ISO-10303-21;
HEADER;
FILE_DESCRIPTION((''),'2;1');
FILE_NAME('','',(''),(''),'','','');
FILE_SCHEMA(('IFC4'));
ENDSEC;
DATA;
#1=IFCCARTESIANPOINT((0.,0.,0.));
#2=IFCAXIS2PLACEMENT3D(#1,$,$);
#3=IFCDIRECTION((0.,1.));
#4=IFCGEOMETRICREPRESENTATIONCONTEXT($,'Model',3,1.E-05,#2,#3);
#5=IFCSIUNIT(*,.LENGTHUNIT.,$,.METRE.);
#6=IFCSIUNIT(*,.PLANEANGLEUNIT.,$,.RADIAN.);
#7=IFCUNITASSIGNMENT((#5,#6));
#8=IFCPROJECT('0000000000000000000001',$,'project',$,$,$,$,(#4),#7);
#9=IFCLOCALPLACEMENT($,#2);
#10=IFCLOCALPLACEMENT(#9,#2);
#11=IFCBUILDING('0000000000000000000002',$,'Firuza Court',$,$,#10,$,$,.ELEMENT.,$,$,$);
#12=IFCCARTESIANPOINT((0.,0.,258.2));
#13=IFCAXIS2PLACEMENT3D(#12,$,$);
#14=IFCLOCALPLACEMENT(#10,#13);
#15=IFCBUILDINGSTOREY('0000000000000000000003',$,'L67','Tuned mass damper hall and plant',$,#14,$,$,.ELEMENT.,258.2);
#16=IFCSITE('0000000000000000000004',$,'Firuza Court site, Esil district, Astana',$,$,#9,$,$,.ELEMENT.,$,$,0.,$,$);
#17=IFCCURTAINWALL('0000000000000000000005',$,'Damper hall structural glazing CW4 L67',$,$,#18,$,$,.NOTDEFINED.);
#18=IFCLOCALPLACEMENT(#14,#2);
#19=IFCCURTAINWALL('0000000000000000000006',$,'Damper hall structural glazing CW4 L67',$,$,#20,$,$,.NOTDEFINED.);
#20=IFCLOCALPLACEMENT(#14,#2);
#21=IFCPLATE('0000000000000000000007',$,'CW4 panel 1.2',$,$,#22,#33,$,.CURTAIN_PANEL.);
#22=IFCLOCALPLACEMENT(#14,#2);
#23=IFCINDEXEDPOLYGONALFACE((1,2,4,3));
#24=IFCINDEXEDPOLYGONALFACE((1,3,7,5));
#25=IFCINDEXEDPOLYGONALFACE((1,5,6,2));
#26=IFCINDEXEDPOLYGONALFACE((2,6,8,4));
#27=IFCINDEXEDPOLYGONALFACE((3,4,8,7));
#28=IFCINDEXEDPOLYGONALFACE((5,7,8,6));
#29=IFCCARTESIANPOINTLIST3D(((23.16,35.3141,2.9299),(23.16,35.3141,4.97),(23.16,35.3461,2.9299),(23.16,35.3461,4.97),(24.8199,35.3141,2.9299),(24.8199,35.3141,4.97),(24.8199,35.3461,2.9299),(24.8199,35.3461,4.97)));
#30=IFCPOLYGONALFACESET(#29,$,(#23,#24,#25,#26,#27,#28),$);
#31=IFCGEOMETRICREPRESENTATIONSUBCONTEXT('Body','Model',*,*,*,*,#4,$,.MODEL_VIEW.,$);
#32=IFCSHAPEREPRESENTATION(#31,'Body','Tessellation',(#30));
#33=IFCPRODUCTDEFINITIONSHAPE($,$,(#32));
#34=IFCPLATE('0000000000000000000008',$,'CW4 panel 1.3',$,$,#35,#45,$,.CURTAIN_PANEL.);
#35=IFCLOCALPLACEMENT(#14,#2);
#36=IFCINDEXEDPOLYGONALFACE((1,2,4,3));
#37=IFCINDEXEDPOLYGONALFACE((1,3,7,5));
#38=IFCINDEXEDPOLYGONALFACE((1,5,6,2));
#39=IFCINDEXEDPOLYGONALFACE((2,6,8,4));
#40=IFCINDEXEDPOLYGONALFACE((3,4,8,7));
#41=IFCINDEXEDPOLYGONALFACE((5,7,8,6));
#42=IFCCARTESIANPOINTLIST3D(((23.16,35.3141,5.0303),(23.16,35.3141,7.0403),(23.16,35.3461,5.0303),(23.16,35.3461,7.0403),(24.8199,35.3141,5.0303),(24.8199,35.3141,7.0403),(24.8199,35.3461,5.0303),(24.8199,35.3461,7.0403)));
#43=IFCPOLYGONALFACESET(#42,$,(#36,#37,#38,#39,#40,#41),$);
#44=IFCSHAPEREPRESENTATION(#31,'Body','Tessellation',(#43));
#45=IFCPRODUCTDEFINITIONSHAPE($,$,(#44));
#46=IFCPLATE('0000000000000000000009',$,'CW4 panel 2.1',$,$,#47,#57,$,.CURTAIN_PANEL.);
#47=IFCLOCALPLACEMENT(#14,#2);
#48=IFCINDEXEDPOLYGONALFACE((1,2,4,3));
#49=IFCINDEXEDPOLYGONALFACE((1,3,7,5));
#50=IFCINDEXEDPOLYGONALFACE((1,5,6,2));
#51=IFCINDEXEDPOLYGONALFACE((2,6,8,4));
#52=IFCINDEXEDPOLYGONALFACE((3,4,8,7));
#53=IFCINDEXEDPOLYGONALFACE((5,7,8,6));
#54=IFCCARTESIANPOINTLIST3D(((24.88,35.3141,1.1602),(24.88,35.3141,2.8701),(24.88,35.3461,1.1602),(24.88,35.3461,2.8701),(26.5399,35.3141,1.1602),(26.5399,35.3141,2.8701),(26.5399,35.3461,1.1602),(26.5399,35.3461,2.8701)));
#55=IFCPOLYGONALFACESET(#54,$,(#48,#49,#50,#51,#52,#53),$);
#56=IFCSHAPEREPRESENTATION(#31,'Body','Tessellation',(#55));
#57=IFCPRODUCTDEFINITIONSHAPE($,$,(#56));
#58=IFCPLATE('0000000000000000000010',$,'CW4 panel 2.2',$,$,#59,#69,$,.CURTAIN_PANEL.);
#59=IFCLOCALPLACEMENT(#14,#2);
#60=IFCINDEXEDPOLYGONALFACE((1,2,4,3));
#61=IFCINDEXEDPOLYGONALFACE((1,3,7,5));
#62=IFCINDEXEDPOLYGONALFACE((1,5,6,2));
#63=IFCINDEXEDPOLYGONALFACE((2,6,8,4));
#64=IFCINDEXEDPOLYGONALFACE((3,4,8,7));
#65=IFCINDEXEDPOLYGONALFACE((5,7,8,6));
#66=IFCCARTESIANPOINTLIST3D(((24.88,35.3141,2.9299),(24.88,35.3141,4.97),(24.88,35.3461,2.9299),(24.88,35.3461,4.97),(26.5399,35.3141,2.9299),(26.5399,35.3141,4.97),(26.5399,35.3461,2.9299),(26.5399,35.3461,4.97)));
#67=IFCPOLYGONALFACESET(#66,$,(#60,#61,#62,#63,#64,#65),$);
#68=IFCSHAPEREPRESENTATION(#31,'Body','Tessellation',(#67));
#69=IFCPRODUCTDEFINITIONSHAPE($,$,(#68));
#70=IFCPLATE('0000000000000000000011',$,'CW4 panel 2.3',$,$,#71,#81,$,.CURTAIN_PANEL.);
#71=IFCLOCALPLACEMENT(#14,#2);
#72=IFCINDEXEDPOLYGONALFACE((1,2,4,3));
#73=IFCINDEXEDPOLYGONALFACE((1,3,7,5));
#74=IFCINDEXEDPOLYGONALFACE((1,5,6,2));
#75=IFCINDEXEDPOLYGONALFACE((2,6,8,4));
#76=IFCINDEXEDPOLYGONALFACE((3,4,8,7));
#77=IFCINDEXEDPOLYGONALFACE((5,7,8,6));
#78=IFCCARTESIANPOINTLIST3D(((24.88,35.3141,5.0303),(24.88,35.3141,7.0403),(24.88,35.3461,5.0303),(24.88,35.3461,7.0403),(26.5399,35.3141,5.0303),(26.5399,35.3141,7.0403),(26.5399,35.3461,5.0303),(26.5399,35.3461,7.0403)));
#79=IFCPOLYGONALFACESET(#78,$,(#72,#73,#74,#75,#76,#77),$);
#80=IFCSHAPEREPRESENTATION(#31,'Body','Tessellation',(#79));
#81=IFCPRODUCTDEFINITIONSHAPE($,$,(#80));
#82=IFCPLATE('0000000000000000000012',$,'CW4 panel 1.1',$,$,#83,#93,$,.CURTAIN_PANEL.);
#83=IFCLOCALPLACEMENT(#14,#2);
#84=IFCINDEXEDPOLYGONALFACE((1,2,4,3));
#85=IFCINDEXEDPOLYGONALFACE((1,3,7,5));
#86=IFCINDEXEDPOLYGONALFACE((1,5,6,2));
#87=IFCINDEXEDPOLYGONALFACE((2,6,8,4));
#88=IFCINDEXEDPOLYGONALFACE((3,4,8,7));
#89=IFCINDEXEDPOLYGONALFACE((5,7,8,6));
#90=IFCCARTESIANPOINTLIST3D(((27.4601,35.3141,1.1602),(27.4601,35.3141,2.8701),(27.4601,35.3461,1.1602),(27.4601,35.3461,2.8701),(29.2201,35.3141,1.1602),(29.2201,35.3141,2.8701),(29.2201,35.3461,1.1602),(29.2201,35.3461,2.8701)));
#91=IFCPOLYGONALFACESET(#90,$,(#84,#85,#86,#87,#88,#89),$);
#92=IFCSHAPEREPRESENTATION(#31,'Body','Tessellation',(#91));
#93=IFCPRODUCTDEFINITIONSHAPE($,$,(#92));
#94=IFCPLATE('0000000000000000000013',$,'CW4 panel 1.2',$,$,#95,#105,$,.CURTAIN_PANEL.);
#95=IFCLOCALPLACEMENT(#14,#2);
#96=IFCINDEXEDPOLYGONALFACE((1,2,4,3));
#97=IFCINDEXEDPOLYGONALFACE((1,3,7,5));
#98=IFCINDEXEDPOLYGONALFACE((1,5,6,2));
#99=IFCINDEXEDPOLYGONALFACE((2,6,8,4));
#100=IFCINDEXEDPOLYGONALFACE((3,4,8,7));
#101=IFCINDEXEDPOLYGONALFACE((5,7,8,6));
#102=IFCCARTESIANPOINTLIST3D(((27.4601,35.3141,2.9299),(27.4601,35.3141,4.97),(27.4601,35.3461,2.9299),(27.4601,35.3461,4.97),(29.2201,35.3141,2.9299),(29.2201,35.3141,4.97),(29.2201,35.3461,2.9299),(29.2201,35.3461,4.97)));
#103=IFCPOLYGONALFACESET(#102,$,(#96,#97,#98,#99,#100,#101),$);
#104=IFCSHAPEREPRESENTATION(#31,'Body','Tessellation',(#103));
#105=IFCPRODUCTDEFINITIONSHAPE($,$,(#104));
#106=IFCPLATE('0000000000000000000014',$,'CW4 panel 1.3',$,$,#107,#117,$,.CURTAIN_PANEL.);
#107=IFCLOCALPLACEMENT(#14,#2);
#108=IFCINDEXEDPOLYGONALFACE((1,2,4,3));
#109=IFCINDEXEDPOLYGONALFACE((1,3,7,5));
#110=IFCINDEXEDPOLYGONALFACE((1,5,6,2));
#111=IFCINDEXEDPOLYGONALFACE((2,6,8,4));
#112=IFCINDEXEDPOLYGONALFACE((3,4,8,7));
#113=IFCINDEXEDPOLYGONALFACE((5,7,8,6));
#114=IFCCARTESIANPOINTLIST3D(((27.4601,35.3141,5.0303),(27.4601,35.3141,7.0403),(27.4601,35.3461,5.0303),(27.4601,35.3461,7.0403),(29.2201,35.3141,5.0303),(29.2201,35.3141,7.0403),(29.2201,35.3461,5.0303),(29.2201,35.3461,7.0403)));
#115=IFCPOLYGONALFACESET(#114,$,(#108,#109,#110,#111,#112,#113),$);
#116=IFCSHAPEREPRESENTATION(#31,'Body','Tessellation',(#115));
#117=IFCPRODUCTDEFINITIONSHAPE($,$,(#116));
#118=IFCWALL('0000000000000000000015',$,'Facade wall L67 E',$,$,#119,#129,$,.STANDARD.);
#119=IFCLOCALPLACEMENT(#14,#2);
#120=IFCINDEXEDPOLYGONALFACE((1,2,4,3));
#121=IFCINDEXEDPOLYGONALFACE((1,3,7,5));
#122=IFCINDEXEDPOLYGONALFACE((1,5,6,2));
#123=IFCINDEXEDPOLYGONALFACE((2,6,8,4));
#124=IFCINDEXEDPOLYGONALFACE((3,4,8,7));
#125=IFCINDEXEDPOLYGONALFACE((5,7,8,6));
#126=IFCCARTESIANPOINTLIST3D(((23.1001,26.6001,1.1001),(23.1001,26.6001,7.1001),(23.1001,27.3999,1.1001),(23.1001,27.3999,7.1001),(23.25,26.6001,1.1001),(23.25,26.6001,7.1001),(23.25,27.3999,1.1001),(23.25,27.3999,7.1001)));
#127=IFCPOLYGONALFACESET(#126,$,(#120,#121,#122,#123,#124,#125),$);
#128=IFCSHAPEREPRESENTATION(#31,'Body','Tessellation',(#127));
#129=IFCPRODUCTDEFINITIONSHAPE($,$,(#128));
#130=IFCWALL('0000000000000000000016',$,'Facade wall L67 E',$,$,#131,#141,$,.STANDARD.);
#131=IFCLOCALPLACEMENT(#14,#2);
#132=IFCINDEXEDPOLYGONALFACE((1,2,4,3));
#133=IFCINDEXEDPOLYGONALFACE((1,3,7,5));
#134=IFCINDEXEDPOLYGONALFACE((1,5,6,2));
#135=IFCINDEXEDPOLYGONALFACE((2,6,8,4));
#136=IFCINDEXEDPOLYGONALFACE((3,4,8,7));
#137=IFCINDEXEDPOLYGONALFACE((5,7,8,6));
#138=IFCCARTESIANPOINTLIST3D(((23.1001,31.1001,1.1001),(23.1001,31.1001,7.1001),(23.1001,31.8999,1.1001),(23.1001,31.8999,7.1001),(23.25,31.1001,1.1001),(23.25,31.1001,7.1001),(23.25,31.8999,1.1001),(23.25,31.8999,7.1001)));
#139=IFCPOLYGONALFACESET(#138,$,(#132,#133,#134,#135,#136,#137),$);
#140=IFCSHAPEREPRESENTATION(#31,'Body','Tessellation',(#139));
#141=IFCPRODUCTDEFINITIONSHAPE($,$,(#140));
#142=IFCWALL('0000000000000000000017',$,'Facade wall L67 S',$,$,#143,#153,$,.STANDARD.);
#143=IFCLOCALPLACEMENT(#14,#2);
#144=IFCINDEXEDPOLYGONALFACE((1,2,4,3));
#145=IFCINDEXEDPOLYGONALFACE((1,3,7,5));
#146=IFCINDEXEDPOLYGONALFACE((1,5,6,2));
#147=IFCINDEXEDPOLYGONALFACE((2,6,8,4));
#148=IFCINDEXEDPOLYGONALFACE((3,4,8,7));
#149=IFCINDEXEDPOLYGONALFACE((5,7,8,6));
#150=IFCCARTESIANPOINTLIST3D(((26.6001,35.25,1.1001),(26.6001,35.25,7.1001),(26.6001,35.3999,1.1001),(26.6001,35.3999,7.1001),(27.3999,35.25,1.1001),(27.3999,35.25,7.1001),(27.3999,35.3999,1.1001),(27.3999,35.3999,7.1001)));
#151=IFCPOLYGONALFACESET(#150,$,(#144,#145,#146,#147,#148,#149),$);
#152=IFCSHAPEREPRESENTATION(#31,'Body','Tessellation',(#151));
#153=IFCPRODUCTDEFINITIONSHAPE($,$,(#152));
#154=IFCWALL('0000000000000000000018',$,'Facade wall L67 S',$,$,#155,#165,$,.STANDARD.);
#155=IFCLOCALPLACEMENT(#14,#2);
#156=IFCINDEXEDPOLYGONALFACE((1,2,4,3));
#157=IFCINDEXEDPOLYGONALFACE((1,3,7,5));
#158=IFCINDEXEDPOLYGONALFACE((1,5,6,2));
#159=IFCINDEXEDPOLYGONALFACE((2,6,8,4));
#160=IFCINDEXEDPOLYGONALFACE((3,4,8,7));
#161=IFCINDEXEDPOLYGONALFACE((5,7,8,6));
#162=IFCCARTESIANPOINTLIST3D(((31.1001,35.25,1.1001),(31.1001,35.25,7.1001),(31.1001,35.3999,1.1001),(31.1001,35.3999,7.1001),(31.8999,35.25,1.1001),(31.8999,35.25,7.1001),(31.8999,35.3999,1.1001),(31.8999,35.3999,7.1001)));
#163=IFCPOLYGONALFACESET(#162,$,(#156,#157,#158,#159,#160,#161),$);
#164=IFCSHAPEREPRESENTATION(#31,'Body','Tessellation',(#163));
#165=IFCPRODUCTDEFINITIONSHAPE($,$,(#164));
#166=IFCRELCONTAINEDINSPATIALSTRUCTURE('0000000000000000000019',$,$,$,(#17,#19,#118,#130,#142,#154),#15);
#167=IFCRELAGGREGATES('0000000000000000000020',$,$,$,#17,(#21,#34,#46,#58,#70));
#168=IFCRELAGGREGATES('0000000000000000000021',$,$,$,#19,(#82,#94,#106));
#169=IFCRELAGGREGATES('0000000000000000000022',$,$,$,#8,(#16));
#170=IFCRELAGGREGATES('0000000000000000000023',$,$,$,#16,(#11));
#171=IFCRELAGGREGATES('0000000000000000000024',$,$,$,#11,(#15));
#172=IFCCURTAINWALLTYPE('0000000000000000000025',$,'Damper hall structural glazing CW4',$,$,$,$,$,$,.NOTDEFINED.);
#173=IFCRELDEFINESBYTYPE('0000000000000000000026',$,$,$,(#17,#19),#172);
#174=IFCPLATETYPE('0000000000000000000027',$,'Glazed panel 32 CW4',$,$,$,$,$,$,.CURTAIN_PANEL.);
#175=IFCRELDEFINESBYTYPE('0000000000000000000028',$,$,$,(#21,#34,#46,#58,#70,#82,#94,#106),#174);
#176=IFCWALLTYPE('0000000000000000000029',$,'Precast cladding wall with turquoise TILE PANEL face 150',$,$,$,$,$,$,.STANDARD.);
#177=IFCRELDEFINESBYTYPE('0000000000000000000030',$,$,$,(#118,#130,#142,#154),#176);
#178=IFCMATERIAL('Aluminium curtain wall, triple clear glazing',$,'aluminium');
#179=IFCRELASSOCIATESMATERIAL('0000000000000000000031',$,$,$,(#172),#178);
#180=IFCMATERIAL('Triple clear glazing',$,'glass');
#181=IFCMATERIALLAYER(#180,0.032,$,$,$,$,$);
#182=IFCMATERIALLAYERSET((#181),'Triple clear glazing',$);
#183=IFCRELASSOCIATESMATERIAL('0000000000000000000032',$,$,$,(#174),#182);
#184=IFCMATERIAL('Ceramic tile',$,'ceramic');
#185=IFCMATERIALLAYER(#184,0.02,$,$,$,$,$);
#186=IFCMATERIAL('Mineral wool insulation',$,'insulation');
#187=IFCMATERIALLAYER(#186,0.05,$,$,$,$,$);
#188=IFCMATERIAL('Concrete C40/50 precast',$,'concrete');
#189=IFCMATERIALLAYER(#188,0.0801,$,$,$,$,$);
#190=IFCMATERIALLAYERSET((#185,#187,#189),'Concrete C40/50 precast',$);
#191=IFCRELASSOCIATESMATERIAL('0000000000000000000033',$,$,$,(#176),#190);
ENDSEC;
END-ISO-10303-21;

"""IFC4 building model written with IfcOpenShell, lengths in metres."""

from ifc_helpers import new_model, si_unit, direction, frame, frame_2d, origin, origin_2d, place, context, subcontext, project, spatial, rectangle, extrude, material, layer, layer_set, type_object, element, aggregate, save


model = new_model("IFC4")

# Units and contexts
model_context = context("Model", 3, precision=1e-05, world=origin(), true_north=direction((0.0, 1.0)))
body_context = subcontext(model_context, "Body", "Model", "MODEL_VIEW")
ifc_project = project(units=[si_unit("LENGTHUNIT", "METRE"), si_unit("PLANEANGLEUNIT", "RADIAN")], contexts=[model_context])

# Site, building, storey
site_placement = place(None, origin())
site = spatial("IfcSite", under=ifc_project, at=site_placement, Name="Firuza Court site, Esil district, Astana", CompositionType="ELEMENT", RefElevation=0.0)
building_placement = place(site_placement, origin())
building = spatial("IfcBuilding", under=site, at=building_placement, Name="Firuza Court", CompositionType="ELEMENT")
storey_placement = place(building_placement, frame((0.0, 0.0, 258.2)))
storey = spatial("IfcBuildingStorey", under=building, at=storey_placement, Name="L67", Description="Tuned mass damper hall and plant", CompositionType="ELEMENT", Elevation=258.2)

# Curtain walls
ifc_material_1 = material(Name="Aluminium curtain wall, triple clear glazing", Category="aluminium")
curtain_wall_type = type_object("IfcCurtainWallType", Name="Damper hall structural glazing CW4", PredefinedType="NOTDEFINED", material=ifc_material_1)
curtain_wall_1_placement = place(storey_placement, origin())
curtain_wall_1 = element("IfcCurtainWall", 1, at=curtain_wall_1_placement, inside=storey, type_object=curtain_wall_type, Name="Damper hall structural glazing CW4 L67", PredefinedType="NOTDEFINED")
curtain_wall_2_placement = place(storey_placement, origin())
curtain_wall_2 = element("IfcCurtainWall", 2, at=curtain_wall_2_placement, inside=storey, type_object=curtain_wall_type, Name="Damper hall structural glazing CW4 L67", PredefinedType="NOTDEFINED")

# Plates
ifc_material_2 = material(Name="Triple clear glazing", Category="glass")
ifc_layer_1 = layer(ifc_material_2, 0.032)
ifc_layer_set_1 = layer_set([ifc_layer_1], Name="Triple clear glazing")
plate_type = type_object("IfcPlateType", Name="Glazed panel 32 CW4", PredefinedType="CURTAIN_PANEL", material=ifc_layer_set_1)
plate_1_placement = place(storey_placement, frame((23.99, 35.3301, 2.9299), z_axis=(0.0, 0.0, 1.0), x_axis=(1.0, 0.0, 0.0)))
plate_1 = element("IfcPlate", 3, at=plate_1_placement, type_object=plate_type, Name="CW4 panel 1.2", PredefinedType="CURTAIN_PANEL", context=body_context, shape_type="SweptSolid", body=[
    extrude(rectangle(XDim=1.6599, YDim=0.032, at=origin_2d()), origin(), (0.0, 0.0, 1.0), 2.04),
])
plate_2_placement = place(storey_placement, frame((23.99, 35.3301, 5.0303), z_axis=(0.0, 0.0, 1.0), x_axis=(1.0, 0.0, 0.0)))
plate_2 = element("IfcPlate", 4, at=plate_2_placement, type_object=plate_type, Name="CW4 panel 1.3", PredefinedType="CURTAIN_PANEL", context=body_context, shape_type="SweptSolid", body=[
    extrude(rectangle(XDim=1.6599, YDim=0.032, at=origin_2d()), origin(), (0.0, 0.0, 1.0), 2.01),
])
plate_3_placement = place(storey_placement, frame((25.71, 35.3301, 1.1602), z_axis=(0.0, 0.0, 1.0), x_axis=(1.0, 0.0, 0.0)))
plate_3 = element("IfcPlate", 5, at=plate_3_placement, type_object=plate_type, Name="CW4 panel 2.1", PredefinedType="CURTAIN_PANEL", context=body_context, shape_type="SweptSolid", body=[
    extrude(rectangle(XDim=1.6599, YDim=0.032, at=origin_2d()), origin(), (0.0, 0.0, 1.0), 1.71),
])
plate_4_placement = place(storey_placement, frame((25.71, 35.3301, 2.9299), z_axis=(0.0, 0.0, 1.0), x_axis=(1.0, 0.0, 0.0)))
plate_4 = element("IfcPlate", 6, at=plate_4_placement, type_object=plate_type, Name="CW4 panel 2.2", PredefinedType="CURTAIN_PANEL", context=body_context, shape_type="SweptSolid", body=[
    extrude(rectangle(XDim=1.6599, YDim=0.032, at=origin_2d()), origin(), (0.0, 0.0, 1.0), 2.04),
])
plate_5_placement = place(storey_placement, frame((25.71, 35.3301, 5.0303), z_axis=(0.0, 0.0, 1.0), x_axis=(1.0, 0.0, 0.0)))
plate_5 = element("IfcPlate", 7, at=plate_5_placement, type_object=plate_type, Name="CW4 panel 2.3", PredefinedType="CURTAIN_PANEL", context=body_context, shape_type="SweptSolid", body=[
    extrude(rectangle(XDim=1.6599, YDim=0.032, at=origin_2d()), origin(), (0.0, 0.0, 1.0), 2.01),
])
aggregate(curtain_wall_1, [plate_1, plate_2, plate_3, plate_4, plate_5])
plate_6_placement = place(storey_placement, frame((28.3401, 35.3301, 1.1602), z_axis=(0.0, 0.0, 1.0), x_axis=(1.0, 0.0, 0.0)))
plate_6 = element("IfcPlate", 8, at=plate_6_placement, type_object=plate_type, Name="CW4 panel 1.1", PredefinedType="CURTAIN_PANEL", context=body_context, shape_type="SweptSolid", body=[
    extrude(rectangle(XDim=1.76, YDim=0.032, at=origin_2d()), origin(), (0.0, 0.0, 1.0), 1.71),
])
plate_7_placement = place(storey_placement, frame((28.3401, 35.3301, 2.9299), z_axis=(0.0, 0.0, 1.0), x_axis=(1.0, 0.0, 0.0)))
plate_7 = element("IfcPlate", 9, at=plate_7_placement, type_object=plate_type, Name="CW4 panel 1.2", PredefinedType="CURTAIN_PANEL", context=body_context, shape_type="SweptSolid", body=[
    extrude(rectangle(XDim=1.76, YDim=0.032, at=origin_2d()), origin(), (0.0, 0.0, 1.0), 2.04),
])
plate_8_placement = place(storey_placement, frame((28.3401, 35.3301, 5.0303), z_axis=(0.0, 0.0, 1.0), x_axis=(1.0, 0.0, 0.0)))
plate_8 = element("IfcPlate", 10, at=plate_8_placement, type_object=plate_type, Name="CW4 panel 1.3", PredefinedType="CURTAIN_PANEL", context=body_context, shape_type="SweptSolid", body=[
    extrude(rectangle(XDim=1.76, YDim=0.032, at=origin_2d()), origin(), (0.0, 0.0, 1.0), 2.01),
])
aggregate(curtain_wall_2, [plate_6, plate_7, plate_8])

# Walls
ifc_material_3 = material(Name="Ceramic tile", Category="ceramic")
ifc_layer_2 = layer(ifc_material_3, 0.02)
ifc_material_4 = material(Name="Mineral wool insulation", Category="insulation")
ifc_layer_3 = layer(ifc_material_4, 0.05)
ifc_material_5 = material(Name="Concrete C40/50 precast", Category="concrete")
ifc_layer_4 = layer(ifc_material_5, 0.0801)
ifc_layer_set_2 = layer_set([ifc_layer_2, ifc_layer_3, ifc_layer_4], Name="Concrete C40/50 precast")
wall_type = type_object("IfcWallType", Name="Precast cladding wall with turquoise TILE PANEL face 150", PredefinedType="STANDARD", material=ifc_layer_set_2)
for number, where, z_axis, x_axis, name in (
    (11, (23.175, 26.6001, 1.1001), (0.0, 0.0, 1.0), (0.0, 1.0, 0.0), "Facade wall L67 E"),
    (12, (23.175, 31.1001, 1.1001), (0.0, 0.0, 1.0), (0.0, 1.0, 0.0), "Facade wall L67 E"),
    (13, (26.6001, 35.325, 1.1001), (0.0, 0.0, 1.0), (1.0, 0.0, 0.0), "Facade wall L67 S"),
    (14, (31.1001, 35.325, 1.1001), (0.0, 0.0, 1.0), (1.0, 0.0, 0.0), "Facade wall L67 S"),
):
    element("IfcWall", number, at=place(storey_placement, frame(where, z_axis=z_axis, x_axis=x_axis)), inside=storey, type_object=wall_type, Name=name, PredefinedType="STANDARD", context=body_context, shape_type="SweptSolid", body=[
        extrude(rectangle(XDim=0.7998, YDim=0.1499, at=frame_2d((0.3999, 0.0))), origin(), (0.0, 0.0, 1.0), 6.0),
    ])

save(model, "model.ifc")
